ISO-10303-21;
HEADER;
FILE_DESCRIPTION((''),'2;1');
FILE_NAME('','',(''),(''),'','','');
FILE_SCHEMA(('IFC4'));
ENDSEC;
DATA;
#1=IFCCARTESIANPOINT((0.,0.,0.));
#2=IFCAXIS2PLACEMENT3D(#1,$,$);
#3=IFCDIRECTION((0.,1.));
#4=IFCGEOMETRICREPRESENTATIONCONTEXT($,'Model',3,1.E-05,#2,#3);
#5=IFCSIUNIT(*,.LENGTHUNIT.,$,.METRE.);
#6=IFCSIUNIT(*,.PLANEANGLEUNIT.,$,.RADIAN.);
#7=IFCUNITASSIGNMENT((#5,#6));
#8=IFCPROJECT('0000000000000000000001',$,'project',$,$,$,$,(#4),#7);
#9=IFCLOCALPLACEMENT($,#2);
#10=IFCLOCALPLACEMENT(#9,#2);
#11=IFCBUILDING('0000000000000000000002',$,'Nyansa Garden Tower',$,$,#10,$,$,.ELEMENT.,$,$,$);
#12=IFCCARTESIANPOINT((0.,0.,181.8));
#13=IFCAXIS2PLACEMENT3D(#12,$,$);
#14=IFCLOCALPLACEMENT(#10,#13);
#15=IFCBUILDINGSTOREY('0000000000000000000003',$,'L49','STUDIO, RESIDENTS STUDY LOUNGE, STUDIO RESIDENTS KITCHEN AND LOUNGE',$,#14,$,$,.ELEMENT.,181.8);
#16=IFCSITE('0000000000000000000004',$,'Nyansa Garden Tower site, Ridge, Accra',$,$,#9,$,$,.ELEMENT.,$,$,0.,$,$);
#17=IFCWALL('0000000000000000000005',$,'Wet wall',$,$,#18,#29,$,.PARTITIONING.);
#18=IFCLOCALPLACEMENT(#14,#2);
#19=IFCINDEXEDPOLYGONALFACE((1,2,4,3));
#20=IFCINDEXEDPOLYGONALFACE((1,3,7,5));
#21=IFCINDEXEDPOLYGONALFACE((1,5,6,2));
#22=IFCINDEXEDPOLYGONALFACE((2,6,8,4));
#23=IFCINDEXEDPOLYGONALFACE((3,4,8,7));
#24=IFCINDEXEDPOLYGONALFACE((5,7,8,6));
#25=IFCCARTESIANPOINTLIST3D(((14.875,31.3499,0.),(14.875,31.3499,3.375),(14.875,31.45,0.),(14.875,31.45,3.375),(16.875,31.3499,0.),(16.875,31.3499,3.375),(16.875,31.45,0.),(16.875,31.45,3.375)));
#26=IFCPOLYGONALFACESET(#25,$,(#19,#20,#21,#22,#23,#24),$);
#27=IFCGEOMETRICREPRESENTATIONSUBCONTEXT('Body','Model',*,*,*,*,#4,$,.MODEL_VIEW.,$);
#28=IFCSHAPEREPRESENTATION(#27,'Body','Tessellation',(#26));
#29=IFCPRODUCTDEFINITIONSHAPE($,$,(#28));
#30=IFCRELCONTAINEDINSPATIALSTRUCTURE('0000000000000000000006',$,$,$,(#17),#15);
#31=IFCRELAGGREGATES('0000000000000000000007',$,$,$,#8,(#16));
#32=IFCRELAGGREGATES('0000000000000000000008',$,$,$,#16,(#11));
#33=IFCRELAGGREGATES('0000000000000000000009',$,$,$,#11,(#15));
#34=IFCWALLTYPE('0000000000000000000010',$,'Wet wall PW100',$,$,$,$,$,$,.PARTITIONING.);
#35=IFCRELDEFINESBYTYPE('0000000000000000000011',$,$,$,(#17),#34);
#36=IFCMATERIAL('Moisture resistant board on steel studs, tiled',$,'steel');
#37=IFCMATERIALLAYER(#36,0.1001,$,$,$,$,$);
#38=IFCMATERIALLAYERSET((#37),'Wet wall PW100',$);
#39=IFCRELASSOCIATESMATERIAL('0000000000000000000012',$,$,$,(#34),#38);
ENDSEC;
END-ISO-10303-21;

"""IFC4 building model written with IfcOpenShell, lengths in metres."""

from ifc_helpers import new_model, si_unit, direction, frame, frame_2d, origin, place, context, subcontext, project, spatial, rectangle, extrude, material, layer, layer_set, type_object, element, save


model = new_model("IFC4")

# Units and contexts
model_context = context("Model", 3, precision=1e-05, world=origin(), true_north=direction((0.0, 1.0)))
body_context = subcontext(model_context, "Body", "Model", "MODEL_VIEW")
ifc_project = project(units=[si_unit("LENGTHUNIT", "METRE"), si_unit("PLANEANGLEUNIT", "RADIAN")], contexts=[model_context])

# Site, building, storey
site_placement = place(None, origin())
site = spatial("IfcSite", under=ifc_project, at=site_placement, Name="Nyansa Garden Tower site, Ridge, Accra", CompositionType="ELEMENT", RefElevation=0.0)
building_placement = place(site_placement, origin())
building = spatial("IfcBuilding", under=site, at=building_placement, Name="Nyansa Garden Tower", CompositionType="ELEMENT")
storey_placement = place(building_placement, frame((0.0, 0.0, 181.8)))
storey = spatial("IfcBuildingStorey", under=building, at=storey_placement, Name="L49", Description="STUDIO, RESIDENTS STUDY LOUNGE, STUDIO RESIDENTS KITCHEN AND LOUNGE", CompositionType="ELEMENT", Elevation=181.8)

# Shared definitions
ifc_material_1 = material(Name="Moisture resistant board on steel studs, tiled", Category="steel")
ifc_layer_1 = layer(ifc_material_1, 0.1001)
ifc_layer_set_1 = layer_set([ifc_layer_1], Name="Wet wall PW100")
wall_type_1 = type_object("IfcWallType", Name="Wet wall PW100", PredefinedType="PARTITIONING", material=ifc_layer_set_1)

# Wall
wall_1_placement = place(storey_placement, frame((14.875, 31.3999, 0.0), z_axis=(0.0, 0.0, 1.0), x_axis=(1.0, 0.0, 0.0)))
element("IfcWall", 1, at=wall_1_placement, inside=storey, type_object=wall_type_1, Name="Wet wall", PredefinedType="PARTITIONING", context=body_context, shape_type="SweptSolid", body=[
    extrude(rectangle(XDim=2.0, YDim=0.1001, at=frame_2d((1.0, 0.0))), origin(), (0.0, 0.0, 1.0), 3.375),
])

save(model, "model.ifc")
